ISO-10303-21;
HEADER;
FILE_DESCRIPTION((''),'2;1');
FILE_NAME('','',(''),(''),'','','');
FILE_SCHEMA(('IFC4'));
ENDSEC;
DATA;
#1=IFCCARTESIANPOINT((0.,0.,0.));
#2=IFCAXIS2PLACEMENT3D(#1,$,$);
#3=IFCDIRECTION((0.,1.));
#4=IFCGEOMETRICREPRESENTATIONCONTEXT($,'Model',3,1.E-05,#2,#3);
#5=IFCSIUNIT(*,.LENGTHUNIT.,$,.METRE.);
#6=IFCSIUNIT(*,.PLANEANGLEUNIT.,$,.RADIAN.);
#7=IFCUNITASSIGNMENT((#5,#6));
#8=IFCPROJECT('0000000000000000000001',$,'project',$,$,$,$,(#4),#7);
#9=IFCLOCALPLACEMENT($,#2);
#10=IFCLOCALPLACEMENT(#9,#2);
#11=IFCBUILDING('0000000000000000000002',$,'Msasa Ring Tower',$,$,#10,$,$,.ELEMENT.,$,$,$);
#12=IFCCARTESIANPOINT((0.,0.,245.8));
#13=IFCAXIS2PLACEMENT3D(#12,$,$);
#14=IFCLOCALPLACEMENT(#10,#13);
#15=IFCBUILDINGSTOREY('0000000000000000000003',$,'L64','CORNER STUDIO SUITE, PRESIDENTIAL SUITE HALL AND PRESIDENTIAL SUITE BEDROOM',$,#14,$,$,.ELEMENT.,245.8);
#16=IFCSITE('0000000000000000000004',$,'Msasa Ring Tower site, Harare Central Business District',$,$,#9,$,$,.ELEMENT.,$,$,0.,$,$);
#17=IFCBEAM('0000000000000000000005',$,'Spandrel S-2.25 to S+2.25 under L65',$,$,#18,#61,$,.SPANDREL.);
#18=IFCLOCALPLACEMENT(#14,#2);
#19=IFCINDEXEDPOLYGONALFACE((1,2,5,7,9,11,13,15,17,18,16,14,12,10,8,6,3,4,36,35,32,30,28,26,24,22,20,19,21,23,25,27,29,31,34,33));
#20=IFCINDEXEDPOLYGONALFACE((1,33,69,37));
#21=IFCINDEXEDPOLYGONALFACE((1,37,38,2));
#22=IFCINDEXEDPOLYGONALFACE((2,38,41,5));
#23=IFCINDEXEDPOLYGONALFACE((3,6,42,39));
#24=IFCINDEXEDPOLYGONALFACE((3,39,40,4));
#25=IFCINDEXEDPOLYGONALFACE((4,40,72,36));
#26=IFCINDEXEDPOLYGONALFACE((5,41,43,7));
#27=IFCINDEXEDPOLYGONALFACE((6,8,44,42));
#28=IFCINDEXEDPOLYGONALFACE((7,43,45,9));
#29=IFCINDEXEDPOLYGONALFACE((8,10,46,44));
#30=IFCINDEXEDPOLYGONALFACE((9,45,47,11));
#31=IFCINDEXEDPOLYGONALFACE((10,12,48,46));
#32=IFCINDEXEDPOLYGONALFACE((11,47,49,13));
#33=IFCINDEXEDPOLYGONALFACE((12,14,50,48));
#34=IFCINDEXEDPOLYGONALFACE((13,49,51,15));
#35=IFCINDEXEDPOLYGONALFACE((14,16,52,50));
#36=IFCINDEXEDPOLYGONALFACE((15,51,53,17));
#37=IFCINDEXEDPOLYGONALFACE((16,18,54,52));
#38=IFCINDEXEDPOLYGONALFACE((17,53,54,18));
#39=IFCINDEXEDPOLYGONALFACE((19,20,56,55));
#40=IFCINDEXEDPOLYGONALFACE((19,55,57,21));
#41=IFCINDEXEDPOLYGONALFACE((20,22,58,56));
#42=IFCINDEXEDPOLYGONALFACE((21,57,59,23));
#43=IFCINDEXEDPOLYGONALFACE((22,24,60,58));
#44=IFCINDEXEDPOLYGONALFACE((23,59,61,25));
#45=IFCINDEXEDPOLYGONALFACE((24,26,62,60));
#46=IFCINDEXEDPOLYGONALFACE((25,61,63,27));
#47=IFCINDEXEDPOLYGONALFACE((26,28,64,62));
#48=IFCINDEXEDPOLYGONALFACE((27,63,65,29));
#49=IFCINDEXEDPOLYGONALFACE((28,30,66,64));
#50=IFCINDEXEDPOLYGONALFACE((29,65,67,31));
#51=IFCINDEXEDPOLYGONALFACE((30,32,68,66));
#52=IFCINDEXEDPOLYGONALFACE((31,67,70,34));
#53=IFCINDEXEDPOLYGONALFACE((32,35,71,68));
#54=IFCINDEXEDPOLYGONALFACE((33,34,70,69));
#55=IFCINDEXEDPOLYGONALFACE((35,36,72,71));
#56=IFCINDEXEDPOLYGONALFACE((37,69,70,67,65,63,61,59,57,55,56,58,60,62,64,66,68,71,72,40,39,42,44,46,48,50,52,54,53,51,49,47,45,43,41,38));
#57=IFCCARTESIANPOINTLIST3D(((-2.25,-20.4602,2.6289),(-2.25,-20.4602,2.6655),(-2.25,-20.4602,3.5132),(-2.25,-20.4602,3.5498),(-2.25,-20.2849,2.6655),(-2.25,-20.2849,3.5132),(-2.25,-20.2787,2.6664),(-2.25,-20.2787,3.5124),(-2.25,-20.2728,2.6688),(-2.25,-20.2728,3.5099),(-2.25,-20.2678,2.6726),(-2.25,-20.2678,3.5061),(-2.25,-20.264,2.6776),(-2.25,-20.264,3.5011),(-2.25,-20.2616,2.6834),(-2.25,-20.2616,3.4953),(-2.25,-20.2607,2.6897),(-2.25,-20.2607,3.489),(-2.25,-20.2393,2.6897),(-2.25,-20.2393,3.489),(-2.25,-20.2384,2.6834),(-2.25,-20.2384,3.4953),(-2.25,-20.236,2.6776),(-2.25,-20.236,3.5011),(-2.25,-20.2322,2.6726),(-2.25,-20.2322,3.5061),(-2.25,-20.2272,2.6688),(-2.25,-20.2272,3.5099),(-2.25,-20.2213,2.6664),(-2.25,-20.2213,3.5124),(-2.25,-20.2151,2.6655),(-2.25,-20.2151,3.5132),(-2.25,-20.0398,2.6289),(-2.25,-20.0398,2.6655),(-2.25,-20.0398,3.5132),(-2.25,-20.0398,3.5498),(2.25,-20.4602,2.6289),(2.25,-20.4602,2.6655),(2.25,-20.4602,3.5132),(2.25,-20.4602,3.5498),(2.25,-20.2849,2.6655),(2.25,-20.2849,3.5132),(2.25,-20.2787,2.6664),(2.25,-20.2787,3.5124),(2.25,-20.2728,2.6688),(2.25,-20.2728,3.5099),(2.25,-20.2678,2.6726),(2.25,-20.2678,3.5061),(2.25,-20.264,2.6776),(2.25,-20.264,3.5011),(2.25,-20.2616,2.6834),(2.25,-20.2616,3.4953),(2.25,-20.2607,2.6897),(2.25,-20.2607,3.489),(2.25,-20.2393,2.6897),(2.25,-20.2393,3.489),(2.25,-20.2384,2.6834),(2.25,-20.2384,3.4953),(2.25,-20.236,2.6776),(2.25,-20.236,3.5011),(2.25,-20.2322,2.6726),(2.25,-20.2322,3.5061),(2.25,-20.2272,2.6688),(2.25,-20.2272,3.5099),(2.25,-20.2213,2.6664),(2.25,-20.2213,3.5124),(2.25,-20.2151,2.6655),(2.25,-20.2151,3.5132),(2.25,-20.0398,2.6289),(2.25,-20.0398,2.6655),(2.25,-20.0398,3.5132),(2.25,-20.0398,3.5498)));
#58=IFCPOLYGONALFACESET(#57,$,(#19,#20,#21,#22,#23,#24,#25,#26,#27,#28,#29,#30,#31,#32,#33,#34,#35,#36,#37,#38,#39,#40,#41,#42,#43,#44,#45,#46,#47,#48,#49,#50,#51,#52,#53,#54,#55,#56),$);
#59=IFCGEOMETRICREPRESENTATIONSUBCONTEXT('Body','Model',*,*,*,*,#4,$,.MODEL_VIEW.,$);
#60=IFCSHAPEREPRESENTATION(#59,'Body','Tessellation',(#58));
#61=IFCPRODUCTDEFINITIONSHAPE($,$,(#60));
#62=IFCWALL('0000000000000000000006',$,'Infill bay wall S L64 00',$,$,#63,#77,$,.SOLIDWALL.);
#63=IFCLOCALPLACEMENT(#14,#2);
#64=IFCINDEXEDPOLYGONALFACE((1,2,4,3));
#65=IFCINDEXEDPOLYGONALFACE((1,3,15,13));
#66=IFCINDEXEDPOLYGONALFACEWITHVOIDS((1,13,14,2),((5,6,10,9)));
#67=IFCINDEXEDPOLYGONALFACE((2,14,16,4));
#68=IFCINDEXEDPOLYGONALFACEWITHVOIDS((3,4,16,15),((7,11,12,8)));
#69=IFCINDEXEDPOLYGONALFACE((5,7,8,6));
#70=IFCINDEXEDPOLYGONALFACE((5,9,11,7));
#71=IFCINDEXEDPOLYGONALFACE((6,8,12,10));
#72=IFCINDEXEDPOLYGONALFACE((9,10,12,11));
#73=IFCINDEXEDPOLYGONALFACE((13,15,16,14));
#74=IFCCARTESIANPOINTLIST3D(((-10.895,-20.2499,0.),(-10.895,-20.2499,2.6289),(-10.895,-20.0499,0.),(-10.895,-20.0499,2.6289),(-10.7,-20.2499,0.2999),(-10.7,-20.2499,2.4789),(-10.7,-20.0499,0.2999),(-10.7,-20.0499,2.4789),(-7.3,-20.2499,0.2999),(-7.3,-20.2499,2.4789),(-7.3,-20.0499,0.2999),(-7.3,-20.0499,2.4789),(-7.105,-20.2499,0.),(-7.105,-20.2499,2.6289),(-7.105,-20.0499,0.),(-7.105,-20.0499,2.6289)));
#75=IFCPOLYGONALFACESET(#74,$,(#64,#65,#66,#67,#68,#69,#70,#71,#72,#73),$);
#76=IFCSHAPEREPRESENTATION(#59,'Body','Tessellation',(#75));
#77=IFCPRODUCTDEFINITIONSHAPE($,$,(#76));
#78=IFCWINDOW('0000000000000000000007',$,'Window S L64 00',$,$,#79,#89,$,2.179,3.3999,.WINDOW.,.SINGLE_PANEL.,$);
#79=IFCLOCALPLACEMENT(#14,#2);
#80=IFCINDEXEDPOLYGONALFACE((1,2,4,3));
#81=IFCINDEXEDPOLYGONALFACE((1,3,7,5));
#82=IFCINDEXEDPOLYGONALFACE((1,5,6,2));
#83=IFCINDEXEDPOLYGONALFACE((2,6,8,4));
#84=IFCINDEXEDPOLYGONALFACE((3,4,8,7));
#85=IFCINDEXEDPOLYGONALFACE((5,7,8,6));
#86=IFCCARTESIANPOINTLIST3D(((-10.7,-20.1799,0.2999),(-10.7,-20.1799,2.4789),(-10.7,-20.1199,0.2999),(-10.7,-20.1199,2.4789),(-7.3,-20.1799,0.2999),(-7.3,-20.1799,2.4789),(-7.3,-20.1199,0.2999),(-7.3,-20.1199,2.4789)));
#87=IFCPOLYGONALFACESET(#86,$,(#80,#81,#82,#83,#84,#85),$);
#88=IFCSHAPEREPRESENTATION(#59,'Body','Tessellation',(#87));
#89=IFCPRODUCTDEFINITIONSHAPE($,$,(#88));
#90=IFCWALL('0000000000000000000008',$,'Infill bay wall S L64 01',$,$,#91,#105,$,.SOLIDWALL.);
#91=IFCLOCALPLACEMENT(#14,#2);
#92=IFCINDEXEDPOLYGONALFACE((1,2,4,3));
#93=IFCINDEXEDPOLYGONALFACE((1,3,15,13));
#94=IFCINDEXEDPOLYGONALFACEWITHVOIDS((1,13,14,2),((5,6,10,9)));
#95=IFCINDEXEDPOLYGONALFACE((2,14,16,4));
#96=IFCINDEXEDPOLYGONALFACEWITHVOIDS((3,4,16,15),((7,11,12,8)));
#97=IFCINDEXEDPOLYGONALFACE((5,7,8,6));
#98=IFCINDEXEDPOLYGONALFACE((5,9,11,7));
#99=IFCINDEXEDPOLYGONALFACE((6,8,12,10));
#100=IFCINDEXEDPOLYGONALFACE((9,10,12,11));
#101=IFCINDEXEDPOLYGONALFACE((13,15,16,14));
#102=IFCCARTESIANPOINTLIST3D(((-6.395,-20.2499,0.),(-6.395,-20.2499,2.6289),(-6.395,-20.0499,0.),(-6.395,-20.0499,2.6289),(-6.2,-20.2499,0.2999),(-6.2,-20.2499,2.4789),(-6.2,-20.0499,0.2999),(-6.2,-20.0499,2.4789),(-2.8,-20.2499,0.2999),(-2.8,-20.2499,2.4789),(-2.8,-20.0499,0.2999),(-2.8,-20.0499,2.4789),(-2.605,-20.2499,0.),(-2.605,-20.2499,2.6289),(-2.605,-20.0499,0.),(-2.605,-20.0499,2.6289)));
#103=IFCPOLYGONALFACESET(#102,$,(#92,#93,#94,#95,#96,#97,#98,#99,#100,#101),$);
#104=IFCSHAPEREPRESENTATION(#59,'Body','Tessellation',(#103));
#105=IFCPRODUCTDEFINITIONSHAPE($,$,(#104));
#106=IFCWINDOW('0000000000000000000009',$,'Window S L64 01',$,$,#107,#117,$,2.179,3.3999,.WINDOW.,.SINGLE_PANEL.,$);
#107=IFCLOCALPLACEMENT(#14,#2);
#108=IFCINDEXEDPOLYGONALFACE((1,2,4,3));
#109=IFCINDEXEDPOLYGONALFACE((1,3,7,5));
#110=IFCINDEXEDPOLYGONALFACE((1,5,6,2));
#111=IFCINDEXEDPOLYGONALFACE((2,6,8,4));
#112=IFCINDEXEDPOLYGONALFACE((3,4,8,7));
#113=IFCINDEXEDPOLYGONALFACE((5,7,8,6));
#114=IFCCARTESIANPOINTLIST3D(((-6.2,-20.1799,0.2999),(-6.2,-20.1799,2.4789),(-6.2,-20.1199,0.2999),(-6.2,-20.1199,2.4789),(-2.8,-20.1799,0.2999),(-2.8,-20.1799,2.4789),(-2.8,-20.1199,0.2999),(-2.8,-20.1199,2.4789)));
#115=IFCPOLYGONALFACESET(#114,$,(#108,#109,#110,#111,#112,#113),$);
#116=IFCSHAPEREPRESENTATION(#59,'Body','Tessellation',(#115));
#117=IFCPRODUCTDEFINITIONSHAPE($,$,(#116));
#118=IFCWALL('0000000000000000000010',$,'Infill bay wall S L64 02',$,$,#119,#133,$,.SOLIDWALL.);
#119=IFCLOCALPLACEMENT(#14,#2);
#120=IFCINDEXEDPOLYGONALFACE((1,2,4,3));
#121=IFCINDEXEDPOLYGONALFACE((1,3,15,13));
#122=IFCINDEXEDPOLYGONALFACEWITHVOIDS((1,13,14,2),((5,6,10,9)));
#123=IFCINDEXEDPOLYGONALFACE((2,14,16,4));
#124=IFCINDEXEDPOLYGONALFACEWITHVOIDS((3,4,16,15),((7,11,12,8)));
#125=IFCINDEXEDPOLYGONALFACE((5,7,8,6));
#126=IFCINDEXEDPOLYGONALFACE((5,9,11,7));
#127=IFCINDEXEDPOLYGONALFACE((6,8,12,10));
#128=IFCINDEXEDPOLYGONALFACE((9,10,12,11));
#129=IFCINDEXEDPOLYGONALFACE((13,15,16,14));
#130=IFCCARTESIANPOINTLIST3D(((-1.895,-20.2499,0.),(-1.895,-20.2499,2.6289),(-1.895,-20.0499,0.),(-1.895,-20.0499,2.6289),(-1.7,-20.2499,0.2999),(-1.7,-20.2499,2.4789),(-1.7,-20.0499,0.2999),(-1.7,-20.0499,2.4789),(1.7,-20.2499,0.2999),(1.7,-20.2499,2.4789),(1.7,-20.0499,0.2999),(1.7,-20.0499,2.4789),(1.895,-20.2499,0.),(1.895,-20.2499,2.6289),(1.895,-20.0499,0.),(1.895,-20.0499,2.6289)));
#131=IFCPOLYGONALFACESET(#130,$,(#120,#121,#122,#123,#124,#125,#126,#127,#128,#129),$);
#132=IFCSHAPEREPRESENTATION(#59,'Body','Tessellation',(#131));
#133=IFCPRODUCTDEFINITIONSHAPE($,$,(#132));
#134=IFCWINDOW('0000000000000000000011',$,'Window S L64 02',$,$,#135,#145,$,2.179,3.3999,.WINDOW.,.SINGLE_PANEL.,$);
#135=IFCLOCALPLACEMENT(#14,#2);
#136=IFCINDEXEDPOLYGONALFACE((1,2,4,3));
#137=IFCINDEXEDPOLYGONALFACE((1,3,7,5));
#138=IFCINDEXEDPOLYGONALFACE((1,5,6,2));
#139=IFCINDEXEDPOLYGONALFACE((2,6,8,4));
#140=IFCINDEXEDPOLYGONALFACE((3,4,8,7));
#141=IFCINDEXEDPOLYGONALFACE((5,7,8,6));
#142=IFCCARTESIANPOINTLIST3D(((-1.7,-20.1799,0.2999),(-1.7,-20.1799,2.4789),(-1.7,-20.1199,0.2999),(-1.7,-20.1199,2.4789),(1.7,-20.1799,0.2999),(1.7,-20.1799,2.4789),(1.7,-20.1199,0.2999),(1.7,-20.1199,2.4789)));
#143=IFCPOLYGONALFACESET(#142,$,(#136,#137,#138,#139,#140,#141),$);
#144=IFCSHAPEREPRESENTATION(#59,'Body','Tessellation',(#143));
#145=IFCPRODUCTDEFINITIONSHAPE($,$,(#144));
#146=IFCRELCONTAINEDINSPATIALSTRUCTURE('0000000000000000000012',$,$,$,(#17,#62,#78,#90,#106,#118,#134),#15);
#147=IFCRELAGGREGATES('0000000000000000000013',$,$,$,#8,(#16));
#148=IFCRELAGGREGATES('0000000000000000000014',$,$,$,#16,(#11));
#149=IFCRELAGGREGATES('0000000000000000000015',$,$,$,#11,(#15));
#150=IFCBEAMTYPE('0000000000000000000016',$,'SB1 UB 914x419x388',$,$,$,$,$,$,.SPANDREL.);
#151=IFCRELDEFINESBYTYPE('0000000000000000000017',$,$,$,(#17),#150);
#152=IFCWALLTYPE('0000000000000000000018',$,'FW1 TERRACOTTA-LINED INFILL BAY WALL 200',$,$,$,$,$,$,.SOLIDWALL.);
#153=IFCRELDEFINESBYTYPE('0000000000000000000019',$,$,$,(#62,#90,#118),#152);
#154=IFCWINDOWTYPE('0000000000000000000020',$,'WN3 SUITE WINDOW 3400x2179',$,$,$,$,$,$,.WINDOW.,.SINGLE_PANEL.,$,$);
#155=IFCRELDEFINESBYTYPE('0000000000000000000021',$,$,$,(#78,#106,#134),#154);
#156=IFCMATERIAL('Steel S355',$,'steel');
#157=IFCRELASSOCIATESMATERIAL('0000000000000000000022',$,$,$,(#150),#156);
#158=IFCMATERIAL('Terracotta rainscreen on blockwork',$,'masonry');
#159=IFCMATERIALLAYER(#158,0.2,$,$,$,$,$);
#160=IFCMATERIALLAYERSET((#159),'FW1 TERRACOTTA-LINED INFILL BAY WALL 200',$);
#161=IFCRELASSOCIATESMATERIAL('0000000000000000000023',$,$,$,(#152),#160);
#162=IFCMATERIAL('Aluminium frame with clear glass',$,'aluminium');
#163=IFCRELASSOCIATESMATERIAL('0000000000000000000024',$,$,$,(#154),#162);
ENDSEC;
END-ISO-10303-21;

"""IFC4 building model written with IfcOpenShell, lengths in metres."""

from ifc_helpers import new_model, si_unit, direction, frame, frame_2d, origin, origin_2d, place, context, subcontext, project, spatial, rectangle, i_section, extrude, material, layer, layer_set, material_profile, profile_set, type_object, element, fill, save


model = new_model("IFC4")

# Units and contexts
model_context = context("Model", 3, precision=1e-05, world=origin(), true_north=direction((0.0, 1.0)))
body_context = subcontext(model_context, "Body", "Model", "MODEL_VIEW")
ifc_project = project(units=[si_unit("LENGTHUNIT", "METRE"), si_unit("PLANEANGLEUNIT", "RADIAN")], contexts=[model_context])

# Site, building, storey
site_placement = place(None, origin())
site = spatial("IfcSite", under=ifc_project, at=site_placement, Name="Msasa Ring Tower site, Harare Central Business District", CompositionType="ELEMENT", RefElevation=0.0)
building_placement = place(site_placement, origin())
building = spatial("IfcBuilding", under=site, at=building_placement, Name="Msasa Ring Tower", CompositionType="ELEMENT")
storey_placement = place(building_placement, frame((0.0, 0.0, 245.8)))
storey = spatial("IfcBuildingStorey", under=building, at=storey_placement, Name="L64", Description="CORNER STUDIO SUITE, PRESIDENTIAL SUITE HALL AND PRESIDENTIAL SUITE BEDROOM", CompositionType="ELEMENT", Elevation=245.8)

# Beam
ifc_material_1 = material(Name="Steel S355", Category="steel")
ifc_material_profile_1 = material_profile(ifc_material_1, i_section(OverallWidth=0.4204, OverallDepth=0.9209, WebThickness=0.0215, FlangeThickness=0.0366, FilletRadius=0.0242, at=origin_2d()), Name="UB 914x419x388")
ifc_profile_set_1 = profile_set([ifc_material_profile_1], Name="Steel S355")
beam_type_1 = type_object("IfcBeamType", Name="SB1 UB 914x419x388", PredefinedType="SPANDREL", material=ifc_profile_set_1)
for number, where, z_axis, x_axis, name in (
    (1, (-2.25, -20.25, 3.0894), (1.0, 0.0, 0.0), (0.0, 1.0, 0.0), "Spandrel S-2.25 to S+2.25 under L65"),
):
    element("IfcBeam", number, at=place(storey_placement, frame(where, z_axis=z_axis, x_axis=x_axis)), inside=storey, type_object=beam_type_1, Name=name, PredefinedType="SPANDREL", context=body_context, shape_type="SweptSolid", body=[
        extrude(i_section(OverallWidth=0.4204, OverallDepth=0.9209, WebThickness=0.0215, FlangeThickness=0.0366, FilletRadius=0.0242, at=origin_2d()), origin(), (0.0, 0.0, 1.0), 4.5),
    ])

# Walls, openings, windows
ifc_material_2 = material(Name="Terracotta rainscreen on blockwork", Category="masonry")
ifc_layer_1 = layer(ifc_material_2, 0.2)
ifc_layer_set_1 = layer_set([ifc_layer_1], Name="FW1 TERRACOTTA-LINED INFILL BAY WALL 200")
wall_type_1 = type_object("IfcWallType", Name="FW1 TERRACOTTA-LINED INFILL BAY WALL 200", PredefinedType="SOLIDWALL", material=ifc_layer_set_1)
wall_1_placement = place(storey_placement, frame((-10.895, -20.1499, 0.0), z_axis=(0.0, 0.0, 1.0), x_axis=(1.0, 0.0, 0.0)))
wall_1 = element("IfcWall", 2, at=wall_1_placement, inside=storey, type_object=wall_type_1, Name="Infill bay wall S L64 00", PredefinedType="SOLIDWALL", context=body_context, shape_type="SweptSolid", body=[
    extrude(rectangle(XDim=3.79, YDim=0.2, at=frame_2d((1.895, 0.0))), origin(), (0.0, 0.0, 1.0), 2.6289),
])
opening_1_placement = place(wall_1_placement, frame((0.1951, 0.0, 0.3)))
opening_1 = element("IfcOpeningElement", 3, at=opening_1_placement, cuts=wall_1, PredefinedType="OPENING", context=body_context, shape_type="SweptSolid", body=[
    extrude(rectangle(XDim=3.3999, YDim=2.179, at=frame_2d((1.7, 1.0894))), frame((0.0, 0.1099, 0.0), z_axis=(0.0, -1.0, 0.0), x_axis=(1.0, 0.0, 0.0)), (0.0, 0.0, 1.0), 0.22),
])
ifc_material_3 = material(Name="Aluminium frame with clear glass", Category="aluminium")
window_type = type_object("IfcWindowType", Name="WN3 SUITE WINDOW 3400x2179", PartitioningType="SINGLE_PANEL", PredefinedType="WINDOW", material=ifc_material_3)
window_1_placement = place(opening_1_placement, origin())
window_1 = element("IfcWindow", 4, at=window_1_placement, inside=storey, type_object=window_type, Name="Window S L64 00", OverallHeight=2.179, OverallWidth=3.3999, PartitioningType="SINGLE_PANEL", PredefinedType="WINDOW", context=body_context, shape_type="SweptSolid", body=[
    extrude(rectangle(XDim=3.3999, YDim=2.179, at=frame_2d((1.7, 1.0894))), frame((0.0, 0.03, 0.0), z_axis=(0.0, -1.0, 0.0), x_axis=(1.0, 0.0, 0.0)), (0.0, 0.0, 1.0), 0.0601),
])
fill(opening_1, window_1)
wall_2_placement = place(storey_placement, frame((-6.395, -20.1499, 0.0), z_axis=(0.0, 0.0, 1.0), x_axis=(1.0, 0.0, 0.0)))
wall_2 = element("IfcWall", 5, at=wall_2_placement, inside=storey, type_object=wall_type_1, Name="Infill bay wall S L64 01", PredefinedType="SOLIDWALL", context=body_context, shape_type="SweptSolid", body=[
    extrude(rectangle(XDim=3.79, YDim=0.2, at=frame_2d((1.895, 0.0))), origin(), (0.0, 0.0, 1.0), 2.6289),
])
opening_2_placement = place(wall_2_placement, frame((0.1951, 0.0, 0.3)))
opening_2 = element("IfcOpeningElement", 6, at=opening_2_placement, cuts=wall_2, PredefinedType="OPENING", context=body_context, shape_type="SweptSolid", body=[
    extrude(rectangle(XDim=3.3999, YDim=2.179, at=frame_2d((1.7, 1.0894))), frame((0.0, 0.1099, 0.0), z_axis=(0.0, -1.0, 0.0), x_axis=(1.0, 0.0, 0.0)), (0.0, 0.0, 1.0), 0.22),
])
window_2_placement = place(opening_2_placement, origin())
window_2 = element("IfcWindow", 7, at=window_2_placement, inside=storey, type_object=window_type, Name="Window S L64 01", OverallHeight=2.179, OverallWidth=3.3999, PartitioningType="SINGLE_PANEL", PredefinedType="WINDOW", context=body_context, shape_type="SweptSolid", body=[
    extrude(rectangle(XDim=3.3999, YDim=2.179, at=frame_2d((1.7, 1.0894))), frame((0.0, 0.03, 0.0), z_axis=(0.0, -1.0, 0.0), x_axis=(1.0, 0.0, 0.0)), (0.0, 0.0, 1.0), 0.0601),
])
fill(opening_2, window_2)
wall_3_placement = place(storey_placement, frame((-1.895, -20.1499, 0.0), z_axis=(0.0, 0.0, 1.0), x_axis=(1.0, 0.0, 0.0)))
wall_3 = element("IfcWall", 8, at=wall_3_placement, inside=storey, type_object=wall_type_1, Name="Infill bay wall S L64 02", PredefinedType="SOLIDWALL", context=body_context, shape_type="SweptSolid", body=[
    extrude(rectangle(XDim=3.79, YDim=0.2, at=frame_2d((1.895, 0.0))), origin(), (0.0, 0.0, 1.0), 2.6289),
])
opening_3_placement = place(wall_3_placement, frame((0.1951, 0.0, 0.3)))
opening_3 = element("IfcOpeningElement", 9, at=opening_3_placement, cuts=wall_3, PredefinedType="OPENING", context=body_context, shape_type="SweptSolid", body=[
    extrude(rectangle(XDim=3.3999, YDim=2.179, at=frame_2d((1.7, 1.0894))), frame((0.0, 0.1099, 0.0), z_axis=(0.0, -1.0, 0.0), x_axis=(1.0, 0.0, 0.0)), (0.0, 0.0, 1.0), 0.22),
])
window_3_placement = place(opening_3_placement, origin())
window_3 = element("IfcWindow", 10, at=window_3_placement, inside=storey, type_object=window_type, Name="Window S L64 02", OverallHeight=2.179, OverallWidth=3.3999, PartitioningType="SINGLE_PANEL", PredefinedType="WINDOW", context=body_context, shape_type="SweptSolid", body=[
    extrude(rectangle(XDim=3.3999, YDim=2.179, at=frame_2d((1.7, 1.0894))), frame((0.0, 0.03, 0.0), z_axis=(0.0, -1.0, 0.0), x_axis=(1.0, 0.0, 0.0)), (0.0, 0.0, 1.0), 0.0601),
])
fill(opening_3, window_3)

save(model, "model.ifc")
